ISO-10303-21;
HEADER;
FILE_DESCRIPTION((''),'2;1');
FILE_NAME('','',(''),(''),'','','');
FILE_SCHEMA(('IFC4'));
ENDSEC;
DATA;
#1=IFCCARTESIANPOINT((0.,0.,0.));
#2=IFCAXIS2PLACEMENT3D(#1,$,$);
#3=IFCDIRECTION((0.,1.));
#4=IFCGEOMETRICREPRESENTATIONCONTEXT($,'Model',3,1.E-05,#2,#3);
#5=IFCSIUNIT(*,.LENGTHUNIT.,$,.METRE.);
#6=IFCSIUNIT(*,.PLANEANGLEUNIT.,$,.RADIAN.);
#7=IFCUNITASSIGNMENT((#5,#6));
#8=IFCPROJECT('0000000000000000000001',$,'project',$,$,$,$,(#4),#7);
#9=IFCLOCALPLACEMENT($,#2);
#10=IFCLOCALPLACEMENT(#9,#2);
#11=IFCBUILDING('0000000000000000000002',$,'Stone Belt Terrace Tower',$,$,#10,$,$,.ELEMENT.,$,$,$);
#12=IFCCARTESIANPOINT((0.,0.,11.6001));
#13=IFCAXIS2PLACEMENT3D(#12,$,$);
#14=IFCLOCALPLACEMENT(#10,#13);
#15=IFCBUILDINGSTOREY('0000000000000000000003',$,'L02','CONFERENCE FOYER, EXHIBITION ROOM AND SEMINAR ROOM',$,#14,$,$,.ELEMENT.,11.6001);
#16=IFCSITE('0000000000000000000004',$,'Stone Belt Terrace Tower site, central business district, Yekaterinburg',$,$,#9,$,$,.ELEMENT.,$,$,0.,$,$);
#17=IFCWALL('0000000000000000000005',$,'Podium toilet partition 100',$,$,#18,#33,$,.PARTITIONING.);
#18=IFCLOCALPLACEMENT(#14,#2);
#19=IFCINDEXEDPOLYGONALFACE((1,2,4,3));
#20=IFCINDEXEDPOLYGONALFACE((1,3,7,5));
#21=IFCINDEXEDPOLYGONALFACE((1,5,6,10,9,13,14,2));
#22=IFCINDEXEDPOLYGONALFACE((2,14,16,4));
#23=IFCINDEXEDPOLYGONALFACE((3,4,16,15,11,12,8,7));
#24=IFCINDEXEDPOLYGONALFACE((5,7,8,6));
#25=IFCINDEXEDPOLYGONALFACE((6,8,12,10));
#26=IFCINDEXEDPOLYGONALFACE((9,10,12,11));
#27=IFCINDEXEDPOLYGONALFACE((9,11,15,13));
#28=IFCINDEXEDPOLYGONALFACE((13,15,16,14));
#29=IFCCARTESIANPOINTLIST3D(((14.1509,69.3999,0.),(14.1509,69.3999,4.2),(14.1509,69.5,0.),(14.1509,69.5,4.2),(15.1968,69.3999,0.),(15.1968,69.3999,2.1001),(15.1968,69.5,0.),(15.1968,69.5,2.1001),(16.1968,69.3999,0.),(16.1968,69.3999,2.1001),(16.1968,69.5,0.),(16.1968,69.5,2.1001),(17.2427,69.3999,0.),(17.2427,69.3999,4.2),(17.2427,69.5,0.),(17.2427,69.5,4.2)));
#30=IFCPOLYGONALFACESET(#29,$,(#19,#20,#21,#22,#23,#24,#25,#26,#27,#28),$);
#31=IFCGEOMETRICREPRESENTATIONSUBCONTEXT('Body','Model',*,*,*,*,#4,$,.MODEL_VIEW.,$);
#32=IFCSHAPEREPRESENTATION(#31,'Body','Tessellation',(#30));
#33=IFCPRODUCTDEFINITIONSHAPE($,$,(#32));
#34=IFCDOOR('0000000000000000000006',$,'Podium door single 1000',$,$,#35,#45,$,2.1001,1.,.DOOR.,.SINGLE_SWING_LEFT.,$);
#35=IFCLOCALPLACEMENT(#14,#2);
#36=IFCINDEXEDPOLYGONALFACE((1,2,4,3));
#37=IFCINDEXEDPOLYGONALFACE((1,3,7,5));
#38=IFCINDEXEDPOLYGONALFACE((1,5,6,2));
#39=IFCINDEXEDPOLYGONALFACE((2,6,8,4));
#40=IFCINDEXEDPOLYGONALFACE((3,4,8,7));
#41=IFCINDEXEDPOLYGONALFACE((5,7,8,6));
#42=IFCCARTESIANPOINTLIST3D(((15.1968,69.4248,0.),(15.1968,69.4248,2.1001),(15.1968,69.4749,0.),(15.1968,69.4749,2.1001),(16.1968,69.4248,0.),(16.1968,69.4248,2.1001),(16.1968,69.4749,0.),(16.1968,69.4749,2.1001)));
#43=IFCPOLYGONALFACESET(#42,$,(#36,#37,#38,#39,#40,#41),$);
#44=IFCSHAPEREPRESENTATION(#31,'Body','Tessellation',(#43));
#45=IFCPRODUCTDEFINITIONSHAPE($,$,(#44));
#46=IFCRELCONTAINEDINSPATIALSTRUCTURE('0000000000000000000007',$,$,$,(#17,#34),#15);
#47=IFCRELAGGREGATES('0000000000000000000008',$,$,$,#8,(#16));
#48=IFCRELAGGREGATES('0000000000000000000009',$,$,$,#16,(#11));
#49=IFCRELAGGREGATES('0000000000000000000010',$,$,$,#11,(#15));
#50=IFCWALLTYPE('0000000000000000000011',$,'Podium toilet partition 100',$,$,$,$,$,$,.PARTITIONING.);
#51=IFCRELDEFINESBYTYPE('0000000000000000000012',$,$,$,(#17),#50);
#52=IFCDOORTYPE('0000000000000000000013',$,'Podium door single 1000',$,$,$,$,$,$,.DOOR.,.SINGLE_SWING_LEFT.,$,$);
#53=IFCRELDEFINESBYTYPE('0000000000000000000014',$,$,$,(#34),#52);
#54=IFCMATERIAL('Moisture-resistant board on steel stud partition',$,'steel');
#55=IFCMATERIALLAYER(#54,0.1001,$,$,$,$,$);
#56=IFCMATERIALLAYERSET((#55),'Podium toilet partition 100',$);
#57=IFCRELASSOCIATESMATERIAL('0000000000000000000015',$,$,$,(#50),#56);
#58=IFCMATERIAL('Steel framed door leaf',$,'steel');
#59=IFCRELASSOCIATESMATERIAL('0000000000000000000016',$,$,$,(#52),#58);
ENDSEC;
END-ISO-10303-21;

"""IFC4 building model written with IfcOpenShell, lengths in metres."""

from ifc_helpers import new_model, si_unit, direction, frame, frame_2d, origin, place, context, subcontext, project, spatial, rectangle, extrude, material, layer, layer_set, type_object, element, fill, save


model = new_model("IFC4")

# Units and contexts
model_context = context("Model", 3, precision=1e-05, world=origin(), true_north=direction((0.0, 1.0)))
body_context = subcontext(model_context, "Body", "Model", "MODEL_VIEW")
ifc_project = project(units=[si_unit("LENGTHUNIT", "METRE"), si_unit("PLANEANGLEUNIT", "RADIAN")], contexts=[model_context])

# Site, building, storey
site_placement = place(None, origin())
site = spatial("IfcSite", under=ifc_project, at=site_placement, Name="Stone Belt Terrace Tower site, central business district, Yekaterinburg", CompositionType="ELEMENT", RefElevation=0.0)
building_placement = place(site_placement, origin())
building = spatial("IfcBuilding", under=site, at=building_placement, Name="Stone Belt Terrace Tower", CompositionType="ELEMENT")
storey_placement = place(building_placement, frame((0.0, 0.0, 11.6001)))
storey = spatial("IfcBuildingStorey", under=building, at=storey_placement, Name="L02", Description="CONFERENCE FOYER, EXHIBITION ROOM AND SEMINAR ROOM", CompositionType="ELEMENT", Elevation=11.6001)

# Shared definitions
ifc_material_1 = material(Name="Steel framed door leaf", Category="steel")
ifc_material_2 = material(Name="Moisture-resistant board on steel stud partition", Category="steel")
ifc_layer_1 = layer(ifc_material_2, 0.1001)
ifc_layer_set_1 = layer_set([ifc_layer_1], Name="Podium toilet partition 100")
wall_type_1 = type_object("IfcWallType", Name="Podium toilet partition 100", PredefinedType="PARTITIONING", material=ifc_layer_set_1)
door_type_1 = type_object("IfcDoorType", Name="Podium door single 1000", OperationType="SINGLE_SWING_LEFT", PredefinedType="DOOR", material=ifc_material_1)

# Wall, opening, door
wall_1_placement = place(storey_placement, frame((14.1509, 69.45, 0.0), z_axis=(0.0, 0.0, 1.0), x_axis=(1.0, 0.0, 0.0)))
wall_1 = element("IfcWall", 1, at=wall_1_placement, inside=storey, type_object=wall_type_1, Name="Podium toilet partition 100", PredefinedType="PARTITIONING", context=body_context, shape_type="SweptSolid", body=[
    extrude(rectangle(XDim=3.0918, YDim=0.1001, at=frame_2d((1.5459, 0.0))), origin(), (0.0, 0.0, 1.0), 4.2),
])
opening_1_placement = place(wall_1_placement, frame((1.0459, 0.0, 0.0)))
opening_1 = element("IfcOpeningElement", 2, at=opening_1_placement, cuts=wall_1, PredefinedType="OPENING", context=body_context, shape_type="SweptSolid", body=[
    extrude(rectangle(XDim=1.0, YDim=2.1001, at=frame_2d((0.5, 1.05))), frame((0.0, 0.0601, 0.0), z_axis=(0.0, -1.0, 0.0), x_axis=(1.0, 0.0, 0.0)), (0.0, 0.0, 1.0), 0.1201),
])
door_1_placement = place(opening_1_placement, origin())
door_1 = element("IfcDoor", 3, at=door_1_placement, inside=storey, type_object=door_type_1, Name="Podium door single 1000", OperationType="SINGLE_SWING_LEFT", OverallHeight=2.1001, OverallWidth=1.0, PredefinedType="DOOR", context=body_context, shape_type="SweptSolid", body=[
    extrude(rectangle(XDim=1.0, YDim=2.1001, at=frame_2d((0.5, 1.05))), frame((0.0, 0.0249, 0.0), z_axis=(0.0, -1.0, 0.0), x_axis=(1.0, 0.0, 0.0)), (0.0, 0.0, 1.0), 0.05),
])
fill(opening_1, door_1)

save(model, "model.ifc")
